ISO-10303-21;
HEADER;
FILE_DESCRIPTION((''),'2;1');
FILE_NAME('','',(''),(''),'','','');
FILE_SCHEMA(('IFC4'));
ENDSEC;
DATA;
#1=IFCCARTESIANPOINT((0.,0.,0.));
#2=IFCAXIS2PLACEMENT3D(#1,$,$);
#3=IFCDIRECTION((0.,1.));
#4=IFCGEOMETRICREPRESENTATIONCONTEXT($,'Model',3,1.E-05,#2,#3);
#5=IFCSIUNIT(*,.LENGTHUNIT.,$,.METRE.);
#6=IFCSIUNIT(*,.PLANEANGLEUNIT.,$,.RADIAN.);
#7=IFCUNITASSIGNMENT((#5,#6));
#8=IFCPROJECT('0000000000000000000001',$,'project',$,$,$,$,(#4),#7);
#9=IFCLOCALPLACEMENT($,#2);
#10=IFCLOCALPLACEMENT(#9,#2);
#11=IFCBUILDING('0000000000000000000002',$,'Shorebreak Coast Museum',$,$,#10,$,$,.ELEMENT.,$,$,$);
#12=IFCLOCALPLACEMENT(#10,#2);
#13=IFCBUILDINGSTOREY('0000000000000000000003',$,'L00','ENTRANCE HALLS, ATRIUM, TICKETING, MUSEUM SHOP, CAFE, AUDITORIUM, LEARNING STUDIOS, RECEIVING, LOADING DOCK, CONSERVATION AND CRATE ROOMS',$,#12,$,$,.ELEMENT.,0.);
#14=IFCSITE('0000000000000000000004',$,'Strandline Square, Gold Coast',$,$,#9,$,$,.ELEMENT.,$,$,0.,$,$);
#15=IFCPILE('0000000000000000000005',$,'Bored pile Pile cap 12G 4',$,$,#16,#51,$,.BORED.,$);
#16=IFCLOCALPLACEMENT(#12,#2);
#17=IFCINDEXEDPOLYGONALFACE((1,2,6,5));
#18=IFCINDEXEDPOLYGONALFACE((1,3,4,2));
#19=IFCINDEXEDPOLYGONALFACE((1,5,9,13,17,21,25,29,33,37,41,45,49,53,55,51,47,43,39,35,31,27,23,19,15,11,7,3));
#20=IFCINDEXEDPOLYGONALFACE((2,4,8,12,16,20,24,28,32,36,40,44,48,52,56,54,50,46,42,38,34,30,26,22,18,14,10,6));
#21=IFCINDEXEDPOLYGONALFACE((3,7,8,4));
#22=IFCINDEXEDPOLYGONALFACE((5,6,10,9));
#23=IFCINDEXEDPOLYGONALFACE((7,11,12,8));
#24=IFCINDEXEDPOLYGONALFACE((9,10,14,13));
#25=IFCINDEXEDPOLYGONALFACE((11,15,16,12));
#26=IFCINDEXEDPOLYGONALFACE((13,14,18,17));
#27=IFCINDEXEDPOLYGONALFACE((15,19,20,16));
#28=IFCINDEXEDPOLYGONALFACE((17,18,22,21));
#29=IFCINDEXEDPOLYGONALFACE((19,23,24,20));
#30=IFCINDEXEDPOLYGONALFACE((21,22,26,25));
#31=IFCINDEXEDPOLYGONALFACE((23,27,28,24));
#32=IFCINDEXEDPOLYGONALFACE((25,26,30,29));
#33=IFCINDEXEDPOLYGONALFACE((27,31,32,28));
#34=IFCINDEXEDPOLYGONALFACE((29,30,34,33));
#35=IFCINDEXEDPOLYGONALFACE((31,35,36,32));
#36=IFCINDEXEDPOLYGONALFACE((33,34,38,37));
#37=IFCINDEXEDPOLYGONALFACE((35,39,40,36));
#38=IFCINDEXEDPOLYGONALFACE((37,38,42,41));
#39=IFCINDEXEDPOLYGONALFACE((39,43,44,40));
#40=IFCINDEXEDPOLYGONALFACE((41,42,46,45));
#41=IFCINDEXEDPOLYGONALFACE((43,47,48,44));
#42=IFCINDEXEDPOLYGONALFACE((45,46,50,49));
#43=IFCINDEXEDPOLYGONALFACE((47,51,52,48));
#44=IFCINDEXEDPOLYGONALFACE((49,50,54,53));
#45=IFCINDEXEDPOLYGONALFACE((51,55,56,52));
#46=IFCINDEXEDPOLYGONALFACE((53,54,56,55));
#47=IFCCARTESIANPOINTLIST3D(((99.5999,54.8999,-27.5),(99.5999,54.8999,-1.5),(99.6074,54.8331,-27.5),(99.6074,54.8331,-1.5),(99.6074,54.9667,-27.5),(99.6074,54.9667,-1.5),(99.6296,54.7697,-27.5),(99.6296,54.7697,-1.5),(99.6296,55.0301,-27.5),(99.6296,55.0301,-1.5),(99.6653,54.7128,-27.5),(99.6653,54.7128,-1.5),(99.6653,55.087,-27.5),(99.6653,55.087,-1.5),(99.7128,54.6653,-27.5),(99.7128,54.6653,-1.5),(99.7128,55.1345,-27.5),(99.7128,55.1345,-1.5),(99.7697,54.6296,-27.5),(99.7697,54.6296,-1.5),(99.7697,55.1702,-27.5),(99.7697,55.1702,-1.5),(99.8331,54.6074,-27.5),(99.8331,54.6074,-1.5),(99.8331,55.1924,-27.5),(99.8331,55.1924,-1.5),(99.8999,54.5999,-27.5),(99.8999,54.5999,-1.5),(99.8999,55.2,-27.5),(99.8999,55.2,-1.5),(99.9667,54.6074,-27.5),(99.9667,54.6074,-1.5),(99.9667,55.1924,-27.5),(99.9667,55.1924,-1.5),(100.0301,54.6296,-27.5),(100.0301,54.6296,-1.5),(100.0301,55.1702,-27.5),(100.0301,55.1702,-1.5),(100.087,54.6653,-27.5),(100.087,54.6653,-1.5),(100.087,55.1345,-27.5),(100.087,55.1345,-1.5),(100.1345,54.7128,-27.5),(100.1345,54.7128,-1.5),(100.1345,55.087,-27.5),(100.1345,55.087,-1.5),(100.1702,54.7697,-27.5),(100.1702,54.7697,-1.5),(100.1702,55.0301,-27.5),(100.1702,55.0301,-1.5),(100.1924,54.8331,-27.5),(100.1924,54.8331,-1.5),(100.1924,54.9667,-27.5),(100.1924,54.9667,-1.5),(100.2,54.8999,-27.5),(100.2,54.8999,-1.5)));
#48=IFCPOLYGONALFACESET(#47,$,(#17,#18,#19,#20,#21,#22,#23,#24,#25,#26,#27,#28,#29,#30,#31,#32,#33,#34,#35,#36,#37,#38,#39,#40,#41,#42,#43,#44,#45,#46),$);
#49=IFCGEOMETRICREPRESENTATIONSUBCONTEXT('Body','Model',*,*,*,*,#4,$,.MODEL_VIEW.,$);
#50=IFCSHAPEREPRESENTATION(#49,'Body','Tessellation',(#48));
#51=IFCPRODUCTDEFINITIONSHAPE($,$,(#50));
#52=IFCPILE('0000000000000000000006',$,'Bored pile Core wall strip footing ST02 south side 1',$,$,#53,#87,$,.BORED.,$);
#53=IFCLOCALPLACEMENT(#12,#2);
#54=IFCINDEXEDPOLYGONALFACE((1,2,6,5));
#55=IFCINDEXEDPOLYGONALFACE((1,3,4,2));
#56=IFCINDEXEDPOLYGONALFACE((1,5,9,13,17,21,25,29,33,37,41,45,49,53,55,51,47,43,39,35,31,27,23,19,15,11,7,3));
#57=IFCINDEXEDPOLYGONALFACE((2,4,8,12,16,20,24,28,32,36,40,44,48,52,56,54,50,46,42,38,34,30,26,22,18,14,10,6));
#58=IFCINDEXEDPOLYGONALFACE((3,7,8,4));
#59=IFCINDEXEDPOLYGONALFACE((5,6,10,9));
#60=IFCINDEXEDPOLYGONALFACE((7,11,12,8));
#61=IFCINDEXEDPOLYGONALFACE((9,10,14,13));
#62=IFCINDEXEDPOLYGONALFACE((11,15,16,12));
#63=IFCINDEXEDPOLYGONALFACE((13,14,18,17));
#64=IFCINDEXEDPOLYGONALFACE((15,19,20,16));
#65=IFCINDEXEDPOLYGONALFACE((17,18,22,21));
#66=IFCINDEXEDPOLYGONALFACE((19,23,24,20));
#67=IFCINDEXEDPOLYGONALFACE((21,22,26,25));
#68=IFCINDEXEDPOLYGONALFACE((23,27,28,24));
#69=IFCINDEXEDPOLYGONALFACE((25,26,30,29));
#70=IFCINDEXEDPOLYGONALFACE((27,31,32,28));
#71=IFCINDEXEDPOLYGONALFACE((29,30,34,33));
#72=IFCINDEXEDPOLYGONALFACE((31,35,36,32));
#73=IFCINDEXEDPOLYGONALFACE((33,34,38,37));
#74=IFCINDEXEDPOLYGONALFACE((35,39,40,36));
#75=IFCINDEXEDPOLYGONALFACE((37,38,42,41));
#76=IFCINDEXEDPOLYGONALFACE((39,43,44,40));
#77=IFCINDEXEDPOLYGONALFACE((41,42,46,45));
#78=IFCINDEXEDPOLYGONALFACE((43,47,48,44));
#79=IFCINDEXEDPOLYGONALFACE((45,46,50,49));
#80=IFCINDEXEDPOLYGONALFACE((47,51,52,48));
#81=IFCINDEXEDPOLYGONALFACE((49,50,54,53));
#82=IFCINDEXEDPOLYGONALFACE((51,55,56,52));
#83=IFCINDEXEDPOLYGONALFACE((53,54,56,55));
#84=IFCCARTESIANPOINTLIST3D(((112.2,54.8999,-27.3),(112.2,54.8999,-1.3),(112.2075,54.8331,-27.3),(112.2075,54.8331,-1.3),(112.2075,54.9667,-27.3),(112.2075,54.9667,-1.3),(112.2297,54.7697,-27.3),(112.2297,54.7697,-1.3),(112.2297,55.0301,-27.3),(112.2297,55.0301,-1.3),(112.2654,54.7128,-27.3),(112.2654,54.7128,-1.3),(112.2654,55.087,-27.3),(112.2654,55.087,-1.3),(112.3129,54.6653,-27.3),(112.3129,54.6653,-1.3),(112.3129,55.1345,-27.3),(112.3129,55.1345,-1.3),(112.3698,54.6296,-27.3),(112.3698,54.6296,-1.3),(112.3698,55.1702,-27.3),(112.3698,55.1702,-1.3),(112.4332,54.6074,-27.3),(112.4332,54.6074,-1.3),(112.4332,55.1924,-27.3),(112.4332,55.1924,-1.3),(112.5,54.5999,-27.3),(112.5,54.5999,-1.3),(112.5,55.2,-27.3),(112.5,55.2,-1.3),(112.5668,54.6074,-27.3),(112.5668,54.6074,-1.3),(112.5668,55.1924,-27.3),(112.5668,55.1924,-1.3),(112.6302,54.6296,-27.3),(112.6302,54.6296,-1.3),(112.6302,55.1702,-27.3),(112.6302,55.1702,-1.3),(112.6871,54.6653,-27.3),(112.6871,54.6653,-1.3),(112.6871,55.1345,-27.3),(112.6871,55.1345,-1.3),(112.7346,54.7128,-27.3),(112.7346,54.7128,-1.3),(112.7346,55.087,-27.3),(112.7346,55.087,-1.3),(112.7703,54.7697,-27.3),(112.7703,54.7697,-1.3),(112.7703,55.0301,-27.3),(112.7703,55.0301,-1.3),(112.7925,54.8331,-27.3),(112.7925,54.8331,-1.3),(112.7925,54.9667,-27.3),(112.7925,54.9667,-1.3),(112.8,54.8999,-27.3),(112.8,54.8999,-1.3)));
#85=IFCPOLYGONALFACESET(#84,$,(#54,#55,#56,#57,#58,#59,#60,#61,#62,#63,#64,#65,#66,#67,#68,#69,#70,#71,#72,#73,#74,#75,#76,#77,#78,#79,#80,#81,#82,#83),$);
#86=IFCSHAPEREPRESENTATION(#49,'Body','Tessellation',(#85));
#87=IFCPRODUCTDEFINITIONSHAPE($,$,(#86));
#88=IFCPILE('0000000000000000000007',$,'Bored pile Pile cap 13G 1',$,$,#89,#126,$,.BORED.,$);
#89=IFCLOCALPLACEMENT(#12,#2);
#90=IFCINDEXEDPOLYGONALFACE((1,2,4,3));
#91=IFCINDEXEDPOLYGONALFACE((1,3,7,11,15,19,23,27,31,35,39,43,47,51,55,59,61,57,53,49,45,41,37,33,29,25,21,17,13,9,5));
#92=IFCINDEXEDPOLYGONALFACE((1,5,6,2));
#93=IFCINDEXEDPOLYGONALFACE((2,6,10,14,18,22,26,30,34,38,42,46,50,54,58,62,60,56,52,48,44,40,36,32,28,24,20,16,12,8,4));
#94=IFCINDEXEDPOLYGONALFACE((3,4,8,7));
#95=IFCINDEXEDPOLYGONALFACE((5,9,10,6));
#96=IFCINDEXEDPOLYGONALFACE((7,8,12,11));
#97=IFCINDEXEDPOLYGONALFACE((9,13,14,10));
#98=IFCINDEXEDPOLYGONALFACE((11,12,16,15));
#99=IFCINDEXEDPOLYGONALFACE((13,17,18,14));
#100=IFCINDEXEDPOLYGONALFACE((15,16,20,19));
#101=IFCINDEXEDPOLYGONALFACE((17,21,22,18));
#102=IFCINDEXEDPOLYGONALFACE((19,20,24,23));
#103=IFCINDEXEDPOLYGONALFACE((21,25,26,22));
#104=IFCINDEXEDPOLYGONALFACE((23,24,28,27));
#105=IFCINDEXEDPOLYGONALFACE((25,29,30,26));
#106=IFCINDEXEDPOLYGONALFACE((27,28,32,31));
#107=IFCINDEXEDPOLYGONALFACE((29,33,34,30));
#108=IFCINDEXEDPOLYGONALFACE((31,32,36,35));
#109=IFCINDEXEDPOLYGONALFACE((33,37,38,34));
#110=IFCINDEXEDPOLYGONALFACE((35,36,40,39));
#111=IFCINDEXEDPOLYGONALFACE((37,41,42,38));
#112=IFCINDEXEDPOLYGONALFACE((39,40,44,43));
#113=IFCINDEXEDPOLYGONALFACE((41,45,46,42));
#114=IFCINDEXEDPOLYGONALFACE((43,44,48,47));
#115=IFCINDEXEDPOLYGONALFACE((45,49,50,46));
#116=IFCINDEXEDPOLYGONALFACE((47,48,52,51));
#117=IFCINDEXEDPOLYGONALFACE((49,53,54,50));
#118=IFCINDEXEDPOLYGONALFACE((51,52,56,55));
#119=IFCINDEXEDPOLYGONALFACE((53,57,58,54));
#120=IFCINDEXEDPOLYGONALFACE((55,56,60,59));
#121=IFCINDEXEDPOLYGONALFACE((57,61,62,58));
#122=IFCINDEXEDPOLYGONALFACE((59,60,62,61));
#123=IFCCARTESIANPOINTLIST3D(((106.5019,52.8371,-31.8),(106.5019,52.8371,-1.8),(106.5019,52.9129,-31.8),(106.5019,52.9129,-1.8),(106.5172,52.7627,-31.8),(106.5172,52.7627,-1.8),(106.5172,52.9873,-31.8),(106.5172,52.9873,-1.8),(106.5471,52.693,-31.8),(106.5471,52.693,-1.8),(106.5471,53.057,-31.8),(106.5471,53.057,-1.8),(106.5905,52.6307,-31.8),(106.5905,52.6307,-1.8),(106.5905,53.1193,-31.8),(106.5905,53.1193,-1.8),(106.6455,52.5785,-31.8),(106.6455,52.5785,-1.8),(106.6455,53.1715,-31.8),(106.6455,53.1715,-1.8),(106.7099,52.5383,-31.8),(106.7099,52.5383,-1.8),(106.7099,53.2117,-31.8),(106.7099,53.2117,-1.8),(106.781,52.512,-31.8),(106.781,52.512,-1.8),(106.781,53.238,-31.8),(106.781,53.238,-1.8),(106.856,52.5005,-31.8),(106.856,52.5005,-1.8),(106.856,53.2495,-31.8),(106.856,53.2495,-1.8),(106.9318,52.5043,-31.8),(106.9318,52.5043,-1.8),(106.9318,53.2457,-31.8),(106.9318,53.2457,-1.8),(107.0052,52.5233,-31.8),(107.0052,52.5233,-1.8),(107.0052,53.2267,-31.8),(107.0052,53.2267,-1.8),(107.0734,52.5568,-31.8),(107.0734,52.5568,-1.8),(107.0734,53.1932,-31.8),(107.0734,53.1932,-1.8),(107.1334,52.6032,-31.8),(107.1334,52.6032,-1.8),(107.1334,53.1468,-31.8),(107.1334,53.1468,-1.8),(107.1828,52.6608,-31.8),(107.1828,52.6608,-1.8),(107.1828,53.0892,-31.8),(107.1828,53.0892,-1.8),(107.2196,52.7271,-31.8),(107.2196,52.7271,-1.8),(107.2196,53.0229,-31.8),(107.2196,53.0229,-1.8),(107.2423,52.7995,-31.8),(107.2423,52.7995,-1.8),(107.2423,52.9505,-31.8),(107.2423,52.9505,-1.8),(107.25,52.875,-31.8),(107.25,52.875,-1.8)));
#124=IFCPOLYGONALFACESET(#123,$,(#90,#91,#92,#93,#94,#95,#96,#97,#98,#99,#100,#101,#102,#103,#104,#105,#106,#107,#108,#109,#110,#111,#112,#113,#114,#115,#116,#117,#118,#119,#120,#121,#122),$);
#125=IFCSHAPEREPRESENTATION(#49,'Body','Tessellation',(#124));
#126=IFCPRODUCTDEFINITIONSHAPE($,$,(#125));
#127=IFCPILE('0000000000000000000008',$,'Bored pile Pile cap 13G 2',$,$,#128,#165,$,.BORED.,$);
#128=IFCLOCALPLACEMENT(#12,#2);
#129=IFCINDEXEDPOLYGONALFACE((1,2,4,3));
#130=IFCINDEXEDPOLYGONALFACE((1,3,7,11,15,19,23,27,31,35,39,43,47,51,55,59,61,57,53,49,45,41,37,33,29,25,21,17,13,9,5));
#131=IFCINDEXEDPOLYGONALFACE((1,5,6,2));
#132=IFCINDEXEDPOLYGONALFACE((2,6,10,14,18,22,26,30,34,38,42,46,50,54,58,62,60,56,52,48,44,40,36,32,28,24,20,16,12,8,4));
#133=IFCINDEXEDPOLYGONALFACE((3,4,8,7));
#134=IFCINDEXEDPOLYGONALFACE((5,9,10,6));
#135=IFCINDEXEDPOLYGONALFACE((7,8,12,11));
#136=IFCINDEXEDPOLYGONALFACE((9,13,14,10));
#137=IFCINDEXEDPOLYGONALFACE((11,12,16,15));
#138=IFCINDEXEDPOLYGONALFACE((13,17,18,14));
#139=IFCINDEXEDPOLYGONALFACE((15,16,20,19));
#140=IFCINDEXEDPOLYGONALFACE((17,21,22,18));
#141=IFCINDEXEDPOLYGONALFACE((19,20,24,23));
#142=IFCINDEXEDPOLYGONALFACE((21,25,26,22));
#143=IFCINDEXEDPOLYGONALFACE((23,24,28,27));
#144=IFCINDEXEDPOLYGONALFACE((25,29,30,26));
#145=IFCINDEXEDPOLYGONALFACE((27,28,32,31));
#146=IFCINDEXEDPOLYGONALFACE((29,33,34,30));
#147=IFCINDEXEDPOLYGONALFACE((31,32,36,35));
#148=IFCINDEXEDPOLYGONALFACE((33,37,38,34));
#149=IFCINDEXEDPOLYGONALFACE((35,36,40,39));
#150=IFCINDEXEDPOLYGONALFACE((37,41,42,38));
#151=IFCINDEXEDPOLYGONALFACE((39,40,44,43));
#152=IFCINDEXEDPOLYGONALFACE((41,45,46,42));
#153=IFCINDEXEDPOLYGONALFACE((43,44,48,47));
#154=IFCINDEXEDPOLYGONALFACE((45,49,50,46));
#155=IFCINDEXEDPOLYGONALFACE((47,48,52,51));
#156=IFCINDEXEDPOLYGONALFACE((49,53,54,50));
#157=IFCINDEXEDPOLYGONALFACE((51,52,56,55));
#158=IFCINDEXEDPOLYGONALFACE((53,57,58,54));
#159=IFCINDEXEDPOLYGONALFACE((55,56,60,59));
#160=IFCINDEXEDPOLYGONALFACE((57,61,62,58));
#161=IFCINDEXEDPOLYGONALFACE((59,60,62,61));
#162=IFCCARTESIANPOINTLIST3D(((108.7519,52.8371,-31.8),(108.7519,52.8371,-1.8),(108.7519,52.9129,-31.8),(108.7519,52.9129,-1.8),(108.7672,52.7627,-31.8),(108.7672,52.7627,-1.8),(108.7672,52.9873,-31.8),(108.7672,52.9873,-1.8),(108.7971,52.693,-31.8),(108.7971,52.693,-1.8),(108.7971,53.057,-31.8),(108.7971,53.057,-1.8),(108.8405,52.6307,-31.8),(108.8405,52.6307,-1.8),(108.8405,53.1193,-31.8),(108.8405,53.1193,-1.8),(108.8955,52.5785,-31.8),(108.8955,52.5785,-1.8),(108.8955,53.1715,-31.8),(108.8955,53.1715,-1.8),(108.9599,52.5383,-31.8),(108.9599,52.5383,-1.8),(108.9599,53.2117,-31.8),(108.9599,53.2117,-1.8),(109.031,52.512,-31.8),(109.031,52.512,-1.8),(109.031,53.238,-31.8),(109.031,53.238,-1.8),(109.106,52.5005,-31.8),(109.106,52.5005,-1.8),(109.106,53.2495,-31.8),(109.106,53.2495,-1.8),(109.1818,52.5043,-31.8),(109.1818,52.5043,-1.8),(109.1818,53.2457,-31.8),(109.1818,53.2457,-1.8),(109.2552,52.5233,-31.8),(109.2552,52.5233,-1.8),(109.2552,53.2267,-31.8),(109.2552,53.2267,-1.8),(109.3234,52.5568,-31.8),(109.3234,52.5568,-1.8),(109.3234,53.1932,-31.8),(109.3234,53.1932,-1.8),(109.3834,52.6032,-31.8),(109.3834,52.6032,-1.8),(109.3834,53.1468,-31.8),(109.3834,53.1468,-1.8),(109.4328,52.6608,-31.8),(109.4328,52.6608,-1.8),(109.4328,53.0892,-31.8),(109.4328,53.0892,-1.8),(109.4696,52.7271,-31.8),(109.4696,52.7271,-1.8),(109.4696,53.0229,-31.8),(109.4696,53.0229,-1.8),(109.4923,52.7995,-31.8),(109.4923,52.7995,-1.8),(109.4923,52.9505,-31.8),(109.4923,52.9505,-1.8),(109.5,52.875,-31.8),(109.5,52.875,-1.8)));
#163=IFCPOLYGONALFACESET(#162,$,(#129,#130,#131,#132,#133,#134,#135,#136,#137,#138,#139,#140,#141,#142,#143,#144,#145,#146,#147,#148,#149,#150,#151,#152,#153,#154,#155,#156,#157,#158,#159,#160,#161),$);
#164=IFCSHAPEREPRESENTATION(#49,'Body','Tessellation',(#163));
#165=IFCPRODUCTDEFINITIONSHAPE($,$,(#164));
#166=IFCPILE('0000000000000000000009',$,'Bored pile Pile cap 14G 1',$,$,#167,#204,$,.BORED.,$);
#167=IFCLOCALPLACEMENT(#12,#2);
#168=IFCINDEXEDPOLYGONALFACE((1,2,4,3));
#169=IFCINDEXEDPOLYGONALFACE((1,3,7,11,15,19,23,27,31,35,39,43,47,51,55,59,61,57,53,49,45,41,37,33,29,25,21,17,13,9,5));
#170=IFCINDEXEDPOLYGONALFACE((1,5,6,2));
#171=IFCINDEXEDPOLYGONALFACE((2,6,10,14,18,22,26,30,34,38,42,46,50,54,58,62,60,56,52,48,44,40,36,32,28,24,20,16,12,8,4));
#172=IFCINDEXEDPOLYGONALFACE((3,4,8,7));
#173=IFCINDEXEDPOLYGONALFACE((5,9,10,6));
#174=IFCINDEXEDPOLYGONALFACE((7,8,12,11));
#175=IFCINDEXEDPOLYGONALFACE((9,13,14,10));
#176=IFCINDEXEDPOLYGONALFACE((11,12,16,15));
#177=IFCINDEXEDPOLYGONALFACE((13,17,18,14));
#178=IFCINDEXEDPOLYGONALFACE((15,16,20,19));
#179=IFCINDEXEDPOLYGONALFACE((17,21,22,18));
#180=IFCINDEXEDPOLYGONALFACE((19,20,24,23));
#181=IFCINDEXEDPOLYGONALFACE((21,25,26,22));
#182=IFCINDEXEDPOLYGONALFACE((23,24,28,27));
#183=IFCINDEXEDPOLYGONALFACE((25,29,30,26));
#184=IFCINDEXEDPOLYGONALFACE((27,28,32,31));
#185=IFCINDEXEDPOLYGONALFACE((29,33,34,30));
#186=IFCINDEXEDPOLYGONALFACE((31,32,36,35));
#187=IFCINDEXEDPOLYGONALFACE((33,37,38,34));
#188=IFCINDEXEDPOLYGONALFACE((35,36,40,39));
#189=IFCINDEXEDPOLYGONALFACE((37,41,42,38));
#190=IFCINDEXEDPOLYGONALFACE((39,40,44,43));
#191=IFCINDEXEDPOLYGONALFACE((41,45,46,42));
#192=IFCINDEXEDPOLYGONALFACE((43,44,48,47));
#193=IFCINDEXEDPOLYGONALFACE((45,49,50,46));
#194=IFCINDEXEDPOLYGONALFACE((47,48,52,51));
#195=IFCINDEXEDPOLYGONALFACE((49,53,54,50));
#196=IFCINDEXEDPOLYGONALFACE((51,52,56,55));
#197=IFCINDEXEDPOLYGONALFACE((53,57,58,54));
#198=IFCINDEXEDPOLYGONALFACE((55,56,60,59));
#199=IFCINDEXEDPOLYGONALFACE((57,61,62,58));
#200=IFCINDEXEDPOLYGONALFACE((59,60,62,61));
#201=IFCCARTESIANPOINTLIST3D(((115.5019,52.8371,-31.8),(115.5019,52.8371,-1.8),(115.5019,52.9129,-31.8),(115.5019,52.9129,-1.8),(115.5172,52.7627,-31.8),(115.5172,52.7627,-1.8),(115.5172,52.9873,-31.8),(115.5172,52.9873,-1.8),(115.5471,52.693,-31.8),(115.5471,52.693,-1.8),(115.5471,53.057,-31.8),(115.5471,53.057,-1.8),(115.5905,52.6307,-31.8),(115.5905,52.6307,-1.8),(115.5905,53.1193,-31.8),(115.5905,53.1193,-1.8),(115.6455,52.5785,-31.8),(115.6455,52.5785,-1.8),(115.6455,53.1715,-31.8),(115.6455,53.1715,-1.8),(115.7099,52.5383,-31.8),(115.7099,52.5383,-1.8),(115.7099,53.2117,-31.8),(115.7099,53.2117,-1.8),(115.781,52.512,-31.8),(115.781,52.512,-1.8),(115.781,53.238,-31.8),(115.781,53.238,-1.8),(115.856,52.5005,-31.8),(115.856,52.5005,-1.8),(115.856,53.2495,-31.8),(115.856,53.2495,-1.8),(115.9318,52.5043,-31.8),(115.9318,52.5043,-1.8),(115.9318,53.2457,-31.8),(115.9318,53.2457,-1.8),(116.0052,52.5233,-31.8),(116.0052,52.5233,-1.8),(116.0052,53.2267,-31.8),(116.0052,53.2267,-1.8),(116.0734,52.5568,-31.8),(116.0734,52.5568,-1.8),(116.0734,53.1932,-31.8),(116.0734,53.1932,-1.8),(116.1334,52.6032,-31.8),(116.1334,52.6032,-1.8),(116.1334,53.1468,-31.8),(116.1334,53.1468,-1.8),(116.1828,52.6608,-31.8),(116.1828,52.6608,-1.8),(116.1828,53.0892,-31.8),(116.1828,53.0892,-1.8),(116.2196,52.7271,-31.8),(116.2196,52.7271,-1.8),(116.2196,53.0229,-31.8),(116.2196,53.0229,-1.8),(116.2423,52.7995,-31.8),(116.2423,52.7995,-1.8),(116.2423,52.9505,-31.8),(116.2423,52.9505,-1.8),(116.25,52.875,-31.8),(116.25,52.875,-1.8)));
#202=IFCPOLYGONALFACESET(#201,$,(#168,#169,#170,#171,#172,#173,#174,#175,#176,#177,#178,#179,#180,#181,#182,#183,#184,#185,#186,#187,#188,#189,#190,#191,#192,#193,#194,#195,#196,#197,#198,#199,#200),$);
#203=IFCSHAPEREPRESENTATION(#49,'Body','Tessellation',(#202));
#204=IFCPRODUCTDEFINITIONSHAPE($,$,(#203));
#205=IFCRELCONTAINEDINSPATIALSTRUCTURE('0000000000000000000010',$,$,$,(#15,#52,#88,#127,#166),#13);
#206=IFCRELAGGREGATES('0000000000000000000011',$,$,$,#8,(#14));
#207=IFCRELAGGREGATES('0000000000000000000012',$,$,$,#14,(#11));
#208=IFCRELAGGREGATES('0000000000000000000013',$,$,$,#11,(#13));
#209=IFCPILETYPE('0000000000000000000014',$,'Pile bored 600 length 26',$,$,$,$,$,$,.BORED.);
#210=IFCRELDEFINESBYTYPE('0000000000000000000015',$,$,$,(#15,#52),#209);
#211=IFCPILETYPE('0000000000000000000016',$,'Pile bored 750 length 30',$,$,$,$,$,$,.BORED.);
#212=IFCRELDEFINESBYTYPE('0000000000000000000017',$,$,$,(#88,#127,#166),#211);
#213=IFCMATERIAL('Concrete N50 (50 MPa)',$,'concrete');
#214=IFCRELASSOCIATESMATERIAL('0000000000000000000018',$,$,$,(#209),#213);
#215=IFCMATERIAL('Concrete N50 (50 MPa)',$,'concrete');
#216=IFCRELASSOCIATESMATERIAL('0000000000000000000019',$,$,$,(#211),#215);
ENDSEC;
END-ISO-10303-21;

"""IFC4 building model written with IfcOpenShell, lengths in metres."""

from ifc_helpers import new_model, si_unit, direction, frame, origin, origin_2d, place, context, subcontext, project, spatial, circle, extrude, material, material_profile, profile_set, type_object, element, save


model = new_model("IFC4")

# Units and contexts
model_context = context("Model", 3, precision=1e-05, world=origin(), true_north=direction((0.0, 1.0)))
body_context = subcontext(model_context, "Body", "Model", "MODEL_VIEW")
ifc_project = project(units=[si_unit("LENGTHUNIT", "METRE"), si_unit("PLANEANGLEUNIT", "RADIAN")], contexts=[model_context])

# Site, building, storey
site_placement = place(None, origin())
site = spatial("IfcSite", under=ifc_project, at=site_placement, Name="Strandline Square, Gold Coast", CompositionType="ELEMENT", RefElevation=0.0)
building_placement = place(site_placement, origin())
building = spatial("IfcBuilding", under=site, at=building_placement, Name="Shorebreak Coast Museum", CompositionType="ELEMENT")
storey_placement = place(building_placement, origin())
storey = spatial("IfcBuildingStorey", under=building, at=storey_placement, Name="L00", Description="ENTRANCE HALLS, ATRIUM, TICKETING, MUSEUM SHOP, CAFE, AUDITORIUM, LEARNING STUDIOS, RECEIVING, LOADING DOCK, CONSERVATION AND CRATE ROOMS", CompositionType="ELEMENT", Elevation=0.0)

# Piles
ifc_material_1 = material(Name="Concrete N50 (50 MPa)", Category="concrete")
ifc_material_profile_1 = material_profile(ifc_material_1, circle(Radius=0.3, at=origin_2d()), Name="Pile bored 600 length 26")
ifc_profile_set_1 = profile_set([ifc_material_profile_1], Name="Concrete N50 (50 MPa)")
pile_type_1 = type_object("IfcPileType", Name="Pile bored 600 length 26", PredefinedType="BORED", material=ifc_profile_set_1)
for number, where, z_axis, x_axis, name in (
    (1, (99.8999, 54.8999, -1.5), (0.0, 0.0, -1.0), (1.0, 0.0, 0.0), "Bored pile Pile cap 12G 4"),
    (2, (112.5, 54.8999, -1.3), (0.0, 0.0, -1.0), (1.0, 0.0, 0.0), "Bored pile Core wall strip footing ST02 south side 1"),
):
    element("IfcPile", number, at=place(storey_placement, frame(where, z_axis=z_axis, x_axis=x_axis)), inside=storey, type_object=pile_type_1, Name=name, PredefinedType="BORED", context=body_context, shape_type="SweptSolid", body=[
        extrude(circle(Radius=0.3, at=origin_2d()), origin(), (0.0, 0.0, 1.0), 26.0),
    ])
ifc_material_2 = material(Name="Concrete N50 (50 MPa)", Category="concrete")
ifc_material_profile_2 = material_profile(ifc_material_2, circle(Radius=0.375, at=origin_2d()), Name="Pile bored 750 length 30")
ifc_profile_set_2 = profile_set([ifc_material_profile_2], Name="Concrete N50 (50 MPa)")
pile_type_2 = type_object("IfcPileType", Name="Pile bored 750 length 30", PredefinedType="BORED", material=ifc_profile_set_2)
for number, where, z_axis, x_axis, name in (
    (3, (106.875, 52.875, -1.8), (0.0, 0.0, -1.0), (1.0, 0.0, 0.0), "Bored pile Pile cap 13G 1"),
    (4, (109.125, 52.875, -1.8), (0.0, 0.0, -1.0), (1.0, 0.0, 0.0), "Bored pile Pile cap 13G 2"),
    (5, (115.875, 52.875, -1.8), (0.0, 0.0, -1.0), (1.0, 0.0, 0.0), "Bored pile Pile cap 14G 1"),
):
    element("IfcPile", number, at=place(storey_placement, frame(where, z_axis=z_axis, x_axis=x_axis)), inside=storey, type_object=pile_type_2, Name=name, PredefinedType="BORED", context=body_context, shape_type="SweptSolid", body=[
        extrude(circle(Radius=0.375, at=origin_2d()), origin(), (0.0, 0.0, 1.0), 30.0),
    ])

save(model, "model.ifc")
